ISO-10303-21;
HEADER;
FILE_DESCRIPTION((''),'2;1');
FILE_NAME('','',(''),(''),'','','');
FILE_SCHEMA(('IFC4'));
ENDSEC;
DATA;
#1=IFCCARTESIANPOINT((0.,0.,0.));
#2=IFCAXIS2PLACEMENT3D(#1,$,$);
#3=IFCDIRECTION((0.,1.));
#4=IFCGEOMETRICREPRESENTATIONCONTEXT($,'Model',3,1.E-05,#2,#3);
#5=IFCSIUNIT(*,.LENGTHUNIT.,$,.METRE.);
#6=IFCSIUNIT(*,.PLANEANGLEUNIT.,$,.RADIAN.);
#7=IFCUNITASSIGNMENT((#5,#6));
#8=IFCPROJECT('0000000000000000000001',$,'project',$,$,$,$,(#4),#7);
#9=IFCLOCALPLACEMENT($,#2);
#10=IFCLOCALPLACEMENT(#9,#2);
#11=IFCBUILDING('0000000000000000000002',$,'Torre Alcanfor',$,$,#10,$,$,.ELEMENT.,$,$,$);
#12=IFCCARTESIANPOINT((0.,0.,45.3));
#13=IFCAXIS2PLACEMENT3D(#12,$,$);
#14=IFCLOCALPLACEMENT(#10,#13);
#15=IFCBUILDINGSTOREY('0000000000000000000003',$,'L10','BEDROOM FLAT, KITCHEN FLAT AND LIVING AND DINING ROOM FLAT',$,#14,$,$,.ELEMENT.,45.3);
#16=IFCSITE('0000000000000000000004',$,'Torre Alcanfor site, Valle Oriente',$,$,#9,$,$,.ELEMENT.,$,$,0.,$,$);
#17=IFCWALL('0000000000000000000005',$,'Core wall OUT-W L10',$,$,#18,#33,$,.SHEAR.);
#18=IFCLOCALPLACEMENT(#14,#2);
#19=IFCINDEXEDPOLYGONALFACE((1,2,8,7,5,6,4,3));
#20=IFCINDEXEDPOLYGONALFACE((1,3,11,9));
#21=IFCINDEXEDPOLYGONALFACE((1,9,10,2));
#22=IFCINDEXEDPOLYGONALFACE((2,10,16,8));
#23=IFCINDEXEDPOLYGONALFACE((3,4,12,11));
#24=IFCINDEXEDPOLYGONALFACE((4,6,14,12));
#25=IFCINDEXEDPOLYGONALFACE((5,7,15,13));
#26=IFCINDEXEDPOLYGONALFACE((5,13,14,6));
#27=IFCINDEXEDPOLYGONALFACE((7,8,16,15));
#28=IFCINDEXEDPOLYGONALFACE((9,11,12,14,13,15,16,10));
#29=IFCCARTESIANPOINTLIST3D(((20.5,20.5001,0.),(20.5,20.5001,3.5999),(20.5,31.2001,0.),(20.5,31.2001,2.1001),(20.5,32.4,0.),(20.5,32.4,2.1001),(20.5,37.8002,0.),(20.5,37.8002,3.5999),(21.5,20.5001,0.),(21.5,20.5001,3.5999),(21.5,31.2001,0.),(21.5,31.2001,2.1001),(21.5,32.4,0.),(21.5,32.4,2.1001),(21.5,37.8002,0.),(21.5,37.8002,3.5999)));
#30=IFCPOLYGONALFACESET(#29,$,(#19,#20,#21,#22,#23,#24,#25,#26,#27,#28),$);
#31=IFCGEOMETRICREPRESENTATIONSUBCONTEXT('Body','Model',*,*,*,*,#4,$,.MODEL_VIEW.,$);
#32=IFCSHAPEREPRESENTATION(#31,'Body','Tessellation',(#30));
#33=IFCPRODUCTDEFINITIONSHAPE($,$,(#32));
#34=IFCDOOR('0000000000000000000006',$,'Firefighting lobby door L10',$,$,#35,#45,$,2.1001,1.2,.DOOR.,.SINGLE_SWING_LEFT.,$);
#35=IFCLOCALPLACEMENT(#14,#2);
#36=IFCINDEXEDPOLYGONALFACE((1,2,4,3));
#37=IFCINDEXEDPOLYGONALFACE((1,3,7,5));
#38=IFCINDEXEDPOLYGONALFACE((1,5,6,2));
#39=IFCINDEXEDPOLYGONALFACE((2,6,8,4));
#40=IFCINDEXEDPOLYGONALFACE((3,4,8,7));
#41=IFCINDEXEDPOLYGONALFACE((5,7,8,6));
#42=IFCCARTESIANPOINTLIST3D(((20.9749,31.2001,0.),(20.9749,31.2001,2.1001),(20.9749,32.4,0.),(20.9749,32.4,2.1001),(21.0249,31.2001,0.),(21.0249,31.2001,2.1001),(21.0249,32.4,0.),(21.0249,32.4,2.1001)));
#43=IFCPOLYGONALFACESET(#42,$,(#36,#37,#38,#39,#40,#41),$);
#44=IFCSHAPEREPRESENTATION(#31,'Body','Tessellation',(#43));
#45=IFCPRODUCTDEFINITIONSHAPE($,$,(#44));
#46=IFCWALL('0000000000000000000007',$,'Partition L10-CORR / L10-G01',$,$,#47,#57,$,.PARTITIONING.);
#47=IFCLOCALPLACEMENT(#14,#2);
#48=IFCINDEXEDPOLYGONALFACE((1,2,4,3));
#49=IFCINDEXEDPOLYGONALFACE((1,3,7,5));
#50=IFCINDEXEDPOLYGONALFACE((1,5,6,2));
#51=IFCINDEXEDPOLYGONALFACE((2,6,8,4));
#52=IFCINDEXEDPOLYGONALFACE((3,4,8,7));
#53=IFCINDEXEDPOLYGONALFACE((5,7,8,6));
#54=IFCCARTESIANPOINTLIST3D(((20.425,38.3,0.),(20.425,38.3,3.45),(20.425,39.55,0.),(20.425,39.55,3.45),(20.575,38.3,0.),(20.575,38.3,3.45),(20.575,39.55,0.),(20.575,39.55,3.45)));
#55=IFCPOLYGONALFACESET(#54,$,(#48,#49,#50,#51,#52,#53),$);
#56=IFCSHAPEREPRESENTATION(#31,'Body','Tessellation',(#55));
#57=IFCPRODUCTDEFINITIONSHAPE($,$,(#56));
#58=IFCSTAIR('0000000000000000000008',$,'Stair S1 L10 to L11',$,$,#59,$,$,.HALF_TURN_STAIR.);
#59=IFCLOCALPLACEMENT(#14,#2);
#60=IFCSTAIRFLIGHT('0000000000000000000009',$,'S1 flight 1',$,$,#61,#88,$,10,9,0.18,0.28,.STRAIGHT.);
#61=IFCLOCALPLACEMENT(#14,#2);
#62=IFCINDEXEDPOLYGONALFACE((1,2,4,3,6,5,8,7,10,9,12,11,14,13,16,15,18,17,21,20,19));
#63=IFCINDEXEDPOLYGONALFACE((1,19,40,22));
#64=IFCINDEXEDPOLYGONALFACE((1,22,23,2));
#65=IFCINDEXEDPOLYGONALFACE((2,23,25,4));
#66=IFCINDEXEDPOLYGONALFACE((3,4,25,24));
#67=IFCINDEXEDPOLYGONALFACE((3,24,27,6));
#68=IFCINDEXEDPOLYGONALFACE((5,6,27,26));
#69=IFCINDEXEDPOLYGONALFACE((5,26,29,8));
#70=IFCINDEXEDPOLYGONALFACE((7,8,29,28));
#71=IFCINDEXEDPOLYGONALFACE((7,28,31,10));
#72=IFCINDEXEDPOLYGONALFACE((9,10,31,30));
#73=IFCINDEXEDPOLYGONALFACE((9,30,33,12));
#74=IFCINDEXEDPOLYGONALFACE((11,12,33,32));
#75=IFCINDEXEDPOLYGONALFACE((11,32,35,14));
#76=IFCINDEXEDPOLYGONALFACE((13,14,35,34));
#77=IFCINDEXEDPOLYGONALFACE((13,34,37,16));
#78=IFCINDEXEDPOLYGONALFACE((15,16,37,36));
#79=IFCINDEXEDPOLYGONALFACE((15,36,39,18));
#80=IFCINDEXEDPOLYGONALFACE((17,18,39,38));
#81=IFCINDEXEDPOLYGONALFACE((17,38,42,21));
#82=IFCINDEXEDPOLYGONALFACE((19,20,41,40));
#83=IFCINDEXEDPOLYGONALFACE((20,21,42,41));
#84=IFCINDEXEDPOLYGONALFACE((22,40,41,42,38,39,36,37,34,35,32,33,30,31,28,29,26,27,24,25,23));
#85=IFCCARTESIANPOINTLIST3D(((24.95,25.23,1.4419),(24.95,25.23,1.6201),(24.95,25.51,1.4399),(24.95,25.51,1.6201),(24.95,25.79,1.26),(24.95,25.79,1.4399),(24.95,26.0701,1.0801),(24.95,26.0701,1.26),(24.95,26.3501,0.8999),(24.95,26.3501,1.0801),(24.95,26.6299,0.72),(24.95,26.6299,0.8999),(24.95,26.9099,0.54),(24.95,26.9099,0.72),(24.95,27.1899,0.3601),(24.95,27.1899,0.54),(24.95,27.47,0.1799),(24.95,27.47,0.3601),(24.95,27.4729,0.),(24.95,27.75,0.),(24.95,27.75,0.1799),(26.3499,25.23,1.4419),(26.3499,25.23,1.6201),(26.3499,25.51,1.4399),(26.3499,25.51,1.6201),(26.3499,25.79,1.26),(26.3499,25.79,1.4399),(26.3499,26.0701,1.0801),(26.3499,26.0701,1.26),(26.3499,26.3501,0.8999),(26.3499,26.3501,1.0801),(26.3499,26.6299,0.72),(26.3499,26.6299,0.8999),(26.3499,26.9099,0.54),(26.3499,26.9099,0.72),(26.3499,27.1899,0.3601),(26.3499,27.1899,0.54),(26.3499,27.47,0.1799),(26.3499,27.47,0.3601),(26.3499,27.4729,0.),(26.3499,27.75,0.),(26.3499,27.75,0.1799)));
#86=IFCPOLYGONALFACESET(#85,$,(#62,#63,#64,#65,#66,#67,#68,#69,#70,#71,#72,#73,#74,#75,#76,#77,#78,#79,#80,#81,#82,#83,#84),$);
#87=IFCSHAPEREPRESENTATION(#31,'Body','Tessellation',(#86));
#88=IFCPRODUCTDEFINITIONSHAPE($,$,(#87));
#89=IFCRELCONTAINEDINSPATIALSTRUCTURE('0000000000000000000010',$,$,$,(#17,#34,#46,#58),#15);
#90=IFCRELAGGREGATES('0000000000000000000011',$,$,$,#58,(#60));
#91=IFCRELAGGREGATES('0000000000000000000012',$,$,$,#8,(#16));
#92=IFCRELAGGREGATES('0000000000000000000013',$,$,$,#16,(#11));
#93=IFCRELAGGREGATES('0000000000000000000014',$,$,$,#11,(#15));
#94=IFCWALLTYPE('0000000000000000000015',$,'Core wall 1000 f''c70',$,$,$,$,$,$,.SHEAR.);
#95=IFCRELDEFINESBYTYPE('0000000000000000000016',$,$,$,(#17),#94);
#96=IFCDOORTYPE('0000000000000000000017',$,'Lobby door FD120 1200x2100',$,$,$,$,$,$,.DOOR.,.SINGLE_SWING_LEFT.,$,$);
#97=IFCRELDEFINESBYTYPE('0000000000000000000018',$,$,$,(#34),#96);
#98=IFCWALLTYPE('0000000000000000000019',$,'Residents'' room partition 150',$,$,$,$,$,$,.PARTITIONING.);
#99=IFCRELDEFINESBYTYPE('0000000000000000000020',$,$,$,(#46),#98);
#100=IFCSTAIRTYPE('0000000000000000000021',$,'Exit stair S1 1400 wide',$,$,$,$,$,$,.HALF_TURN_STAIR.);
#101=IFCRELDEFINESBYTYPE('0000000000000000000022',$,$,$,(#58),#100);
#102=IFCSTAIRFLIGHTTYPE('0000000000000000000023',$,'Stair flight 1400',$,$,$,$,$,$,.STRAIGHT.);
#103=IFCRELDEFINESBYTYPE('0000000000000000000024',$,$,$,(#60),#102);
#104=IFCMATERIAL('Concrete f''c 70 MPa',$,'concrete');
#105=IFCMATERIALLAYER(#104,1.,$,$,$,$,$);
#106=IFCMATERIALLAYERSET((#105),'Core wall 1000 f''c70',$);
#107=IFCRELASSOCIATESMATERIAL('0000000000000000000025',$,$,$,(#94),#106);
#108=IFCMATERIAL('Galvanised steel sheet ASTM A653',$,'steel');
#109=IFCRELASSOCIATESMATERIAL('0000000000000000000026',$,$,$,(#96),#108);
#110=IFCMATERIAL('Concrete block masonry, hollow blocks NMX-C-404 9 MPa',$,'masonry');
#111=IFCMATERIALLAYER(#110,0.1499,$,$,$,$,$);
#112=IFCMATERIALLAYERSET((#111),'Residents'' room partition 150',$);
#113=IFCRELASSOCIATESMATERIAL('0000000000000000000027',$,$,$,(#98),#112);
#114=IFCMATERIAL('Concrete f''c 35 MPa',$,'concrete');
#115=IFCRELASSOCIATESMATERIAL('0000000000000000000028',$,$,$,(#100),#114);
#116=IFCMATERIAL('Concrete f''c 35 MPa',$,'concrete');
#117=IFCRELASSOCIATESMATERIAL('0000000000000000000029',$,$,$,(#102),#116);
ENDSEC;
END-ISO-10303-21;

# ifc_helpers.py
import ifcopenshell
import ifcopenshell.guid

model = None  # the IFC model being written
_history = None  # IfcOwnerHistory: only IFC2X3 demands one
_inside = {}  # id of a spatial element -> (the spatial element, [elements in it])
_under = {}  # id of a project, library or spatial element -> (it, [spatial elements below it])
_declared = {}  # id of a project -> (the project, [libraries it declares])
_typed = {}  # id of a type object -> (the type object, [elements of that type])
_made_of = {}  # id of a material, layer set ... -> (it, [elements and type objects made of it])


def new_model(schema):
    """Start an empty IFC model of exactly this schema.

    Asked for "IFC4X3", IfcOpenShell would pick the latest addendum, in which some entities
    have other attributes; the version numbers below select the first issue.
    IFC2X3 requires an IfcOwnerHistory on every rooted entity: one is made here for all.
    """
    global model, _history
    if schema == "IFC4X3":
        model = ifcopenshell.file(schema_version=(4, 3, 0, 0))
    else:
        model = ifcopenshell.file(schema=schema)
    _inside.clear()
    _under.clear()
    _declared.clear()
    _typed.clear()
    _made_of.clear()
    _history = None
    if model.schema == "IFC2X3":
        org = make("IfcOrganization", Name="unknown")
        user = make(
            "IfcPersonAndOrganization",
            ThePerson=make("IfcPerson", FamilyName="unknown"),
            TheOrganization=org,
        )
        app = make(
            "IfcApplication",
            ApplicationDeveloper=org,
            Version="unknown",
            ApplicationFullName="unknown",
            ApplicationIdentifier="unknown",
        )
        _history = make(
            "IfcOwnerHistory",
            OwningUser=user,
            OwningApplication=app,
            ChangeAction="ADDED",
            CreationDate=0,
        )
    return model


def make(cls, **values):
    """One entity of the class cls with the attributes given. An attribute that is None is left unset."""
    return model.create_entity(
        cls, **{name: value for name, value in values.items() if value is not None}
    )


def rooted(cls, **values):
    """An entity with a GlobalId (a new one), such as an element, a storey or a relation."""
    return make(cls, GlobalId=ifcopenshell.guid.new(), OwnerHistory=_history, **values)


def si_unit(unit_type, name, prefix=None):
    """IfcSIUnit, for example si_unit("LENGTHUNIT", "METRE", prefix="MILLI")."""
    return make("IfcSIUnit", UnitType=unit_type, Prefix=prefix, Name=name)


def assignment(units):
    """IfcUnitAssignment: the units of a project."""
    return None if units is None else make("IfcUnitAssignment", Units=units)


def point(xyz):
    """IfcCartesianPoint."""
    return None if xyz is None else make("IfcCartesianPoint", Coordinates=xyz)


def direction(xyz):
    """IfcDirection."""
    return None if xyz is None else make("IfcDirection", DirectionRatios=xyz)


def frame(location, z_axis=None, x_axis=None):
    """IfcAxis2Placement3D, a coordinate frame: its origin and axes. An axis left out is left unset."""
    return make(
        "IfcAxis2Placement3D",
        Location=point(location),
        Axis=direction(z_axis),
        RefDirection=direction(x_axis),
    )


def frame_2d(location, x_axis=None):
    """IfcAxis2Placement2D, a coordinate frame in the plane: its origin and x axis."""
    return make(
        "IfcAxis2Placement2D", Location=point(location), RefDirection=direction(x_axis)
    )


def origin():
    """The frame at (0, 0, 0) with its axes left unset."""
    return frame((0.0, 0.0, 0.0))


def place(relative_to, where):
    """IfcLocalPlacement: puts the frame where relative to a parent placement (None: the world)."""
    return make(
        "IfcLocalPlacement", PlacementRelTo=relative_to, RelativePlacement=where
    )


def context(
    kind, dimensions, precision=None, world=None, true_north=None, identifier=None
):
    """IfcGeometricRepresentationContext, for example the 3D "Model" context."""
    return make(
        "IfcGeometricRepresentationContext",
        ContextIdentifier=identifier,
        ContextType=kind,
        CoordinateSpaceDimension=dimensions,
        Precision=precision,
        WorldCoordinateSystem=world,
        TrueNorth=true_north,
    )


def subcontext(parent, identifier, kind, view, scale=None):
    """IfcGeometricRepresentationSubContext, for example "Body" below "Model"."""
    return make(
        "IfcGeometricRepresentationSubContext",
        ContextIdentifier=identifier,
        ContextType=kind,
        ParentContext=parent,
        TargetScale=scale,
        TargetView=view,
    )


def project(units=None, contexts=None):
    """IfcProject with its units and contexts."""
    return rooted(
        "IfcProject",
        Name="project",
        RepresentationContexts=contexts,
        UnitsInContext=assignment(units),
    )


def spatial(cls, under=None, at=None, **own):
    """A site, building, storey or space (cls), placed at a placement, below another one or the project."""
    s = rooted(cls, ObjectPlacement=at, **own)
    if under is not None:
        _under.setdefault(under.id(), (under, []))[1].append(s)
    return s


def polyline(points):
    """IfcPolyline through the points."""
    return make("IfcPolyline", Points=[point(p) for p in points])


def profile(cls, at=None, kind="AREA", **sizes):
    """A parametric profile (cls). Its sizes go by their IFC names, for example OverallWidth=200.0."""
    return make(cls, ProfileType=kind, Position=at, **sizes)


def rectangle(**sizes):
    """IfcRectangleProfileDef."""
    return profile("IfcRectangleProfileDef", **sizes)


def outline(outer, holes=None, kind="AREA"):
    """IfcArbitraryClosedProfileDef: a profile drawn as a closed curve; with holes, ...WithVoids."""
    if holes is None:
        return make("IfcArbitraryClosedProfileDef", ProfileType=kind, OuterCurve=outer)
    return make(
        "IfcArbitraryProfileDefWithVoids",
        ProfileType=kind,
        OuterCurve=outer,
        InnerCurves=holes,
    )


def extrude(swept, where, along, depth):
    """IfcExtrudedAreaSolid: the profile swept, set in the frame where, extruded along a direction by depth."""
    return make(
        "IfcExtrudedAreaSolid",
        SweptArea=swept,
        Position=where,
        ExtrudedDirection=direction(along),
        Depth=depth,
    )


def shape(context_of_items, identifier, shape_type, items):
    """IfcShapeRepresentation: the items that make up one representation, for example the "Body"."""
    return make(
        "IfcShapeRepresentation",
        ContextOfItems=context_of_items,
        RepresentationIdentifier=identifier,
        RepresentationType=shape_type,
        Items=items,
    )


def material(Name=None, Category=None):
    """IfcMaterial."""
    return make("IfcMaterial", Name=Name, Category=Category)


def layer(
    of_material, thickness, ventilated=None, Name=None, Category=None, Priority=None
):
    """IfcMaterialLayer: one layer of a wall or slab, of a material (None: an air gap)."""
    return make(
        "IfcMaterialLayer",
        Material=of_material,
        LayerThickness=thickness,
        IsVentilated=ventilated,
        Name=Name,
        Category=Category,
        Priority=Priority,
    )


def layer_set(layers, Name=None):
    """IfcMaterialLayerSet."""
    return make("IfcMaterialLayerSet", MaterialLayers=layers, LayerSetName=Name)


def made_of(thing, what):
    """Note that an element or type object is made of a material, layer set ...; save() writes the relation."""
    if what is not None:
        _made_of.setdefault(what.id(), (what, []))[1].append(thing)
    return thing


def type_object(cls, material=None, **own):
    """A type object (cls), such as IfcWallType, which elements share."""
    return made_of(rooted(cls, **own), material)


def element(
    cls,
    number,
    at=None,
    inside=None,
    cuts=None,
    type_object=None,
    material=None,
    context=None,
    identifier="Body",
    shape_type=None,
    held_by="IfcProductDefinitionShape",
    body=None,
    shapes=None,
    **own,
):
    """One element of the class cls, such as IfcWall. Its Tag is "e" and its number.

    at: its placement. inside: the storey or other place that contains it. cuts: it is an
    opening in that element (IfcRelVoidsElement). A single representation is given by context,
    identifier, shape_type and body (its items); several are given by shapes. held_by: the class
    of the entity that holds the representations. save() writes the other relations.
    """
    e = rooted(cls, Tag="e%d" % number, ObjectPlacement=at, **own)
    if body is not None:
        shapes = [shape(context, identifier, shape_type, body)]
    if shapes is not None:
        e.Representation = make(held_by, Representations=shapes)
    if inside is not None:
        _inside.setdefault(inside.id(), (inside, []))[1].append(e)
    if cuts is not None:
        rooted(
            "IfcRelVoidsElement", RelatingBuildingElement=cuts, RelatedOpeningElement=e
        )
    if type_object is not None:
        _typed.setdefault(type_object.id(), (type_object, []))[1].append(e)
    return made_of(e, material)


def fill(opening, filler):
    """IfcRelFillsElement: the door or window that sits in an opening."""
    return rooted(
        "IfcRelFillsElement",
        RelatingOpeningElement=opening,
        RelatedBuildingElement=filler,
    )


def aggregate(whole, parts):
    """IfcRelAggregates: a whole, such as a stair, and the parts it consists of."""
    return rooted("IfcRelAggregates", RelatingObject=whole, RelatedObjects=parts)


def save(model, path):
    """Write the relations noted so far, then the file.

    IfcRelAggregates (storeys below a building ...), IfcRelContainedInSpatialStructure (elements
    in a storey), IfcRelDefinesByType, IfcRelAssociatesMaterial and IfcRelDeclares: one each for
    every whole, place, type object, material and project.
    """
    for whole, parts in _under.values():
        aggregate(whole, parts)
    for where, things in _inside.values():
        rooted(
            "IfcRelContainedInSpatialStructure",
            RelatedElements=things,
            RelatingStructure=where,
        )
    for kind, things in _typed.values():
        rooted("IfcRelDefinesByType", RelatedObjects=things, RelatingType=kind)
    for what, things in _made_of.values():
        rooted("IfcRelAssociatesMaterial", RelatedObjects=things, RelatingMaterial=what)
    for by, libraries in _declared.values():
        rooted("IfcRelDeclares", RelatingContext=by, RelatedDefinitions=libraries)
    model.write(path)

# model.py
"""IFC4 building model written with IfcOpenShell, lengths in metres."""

from ifc_helpers import new_model, si_unit, direction, frame, frame_2d, origin, place, context, subcontext, project, spatial, polyline, rectangle, outline, extrude, material, layer, layer_set, type_object, element, fill, aggregate, save


model = new_model("IFC4")

# Units and contexts
model_context = context("Model", 3, precision=1e-05, world=origin(), true_north=direction((0.0, 1.0)))
body_context = subcontext(model_context, "Body", "Model", "MODEL_VIEW")
ifc_project = project(units=[si_unit("LENGTHUNIT", "METRE"), si_unit("PLANEANGLEUNIT", "RADIAN")], contexts=[model_context])

# Site, building, storey
site_placement = place(None, origin())
site = spatial("IfcSite", under=ifc_project, at=site_placement, Name="Torre Alcanfor site, Valle Oriente", CompositionType="ELEMENT", RefElevation=0.0)
building_placement = place(site_placement, origin())
building = spatial("IfcBuilding", under=site, at=building_placement, Name="Torre Alcanfor", CompositionType="ELEMENT")
storey_placement = place(building_placement, frame((0.0, 0.0, 45.3)))
storey = spatial("IfcBuildingStorey", under=building, at=storey_placement, Name="L10", Description="BEDROOM FLAT, KITCHEN FLAT AND LIVING AND DINING ROOM FLAT", CompositionType="ELEMENT", Elevation=45.3)

# Wall, opening, door
ifc_material_1 = material(Name="Concrete f'c 70 MPa", Category="concrete")
ifc_layer_1 = layer(ifc_material_1, 1.0)
ifc_layer_set_1 = layer_set([ifc_layer_1], Name="Core wall 1000 f'c70")
wall_type_1 = type_object("IfcWallType", Name="Core wall 1000 f'c70", PredefinedType="SHEAR", material=ifc_layer_set_1)
wall_1_placement = place(storey_placement, frame((21.0, 37.8, 0.0), z_axis=(0.0, 0.0, 1.0), x_axis=(0.0, -1.0, 0.0)))
wall_1 = element("IfcWall", 1, at=wall_1_placement, inside=storey, type_object=wall_type_1, Name="Core wall OUT-W L10", PredefinedType="SHEAR", context=body_context, shape_type="SweptSolid", body=[
    extrude(rectangle(XDim=17.3, YDim=1.0, at=frame_2d((8.6499, 0.0))), origin(), (0.0, 0.0, 1.0), 3.5999),
])
opening_1_placement = place(wall_1_placement, frame((5.3999, 0.0, 0.0)))
opening_1 = element("IfcOpeningElement", 2, at=opening_1_placement, cuts=wall_1, PredefinedType="OPENING", context=body_context, shape_type="SweptSolid", body=[
    extrude(rectangle(XDim=1.2, YDim=2.1001, at=frame_2d((0.6001, 1.05))), frame((0.0, 0.51, 0.0), z_axis=(0.0, -1.0, 0.0), x_axis=(1.0, 0.0, 0.0)), (0.0, 0.0, 1.0), 1.02),
])
ifc_material_2 = material(Name="Galvanised steel sheet ASTM A653", Category="steel")
door_type_1 = type_object("IfcDoorType", Name="Lobby door FD120 1200x2100", OperationType="SINGLE_SWING_LEFT", PredefinedType="DOOR", material=ifc_material_2)
door_1_placement = place(opening_1_placement, origin())
door_1 = element("IfcDoor", 3, at=door_1_placement, inside=storey, type_object=door_type_1, Name="Firefighting lobby door L10", OperationType="SINGLE_SWING_LEFT", OverallHeight=2.1001, OverallWidth=1.2, PredefinedType="DOOR", context=body_context, shape_type="SweptSolid", body=[
    extrude(rectangle(XDim=1.2, YDim=2.1001, at=frame_2d((0.6001, 1.05))), frame((0.0, 0.0249, 0.0), z_axis=(0.0, -1.0, 0.0), x_axis=(1.0, 0.0, 0.0)), (0.0, 0.0, 1.0), 0.05),
])
fill(opening_1, door_1)

# Wall
ifc_material_3 = material(Name="Concrete block masonry, hollow blocks NMX-C-404 9 MPa", Category="masonry")
ifc_layer_2 = layer(ifc_material_3, 0.1499)
ifc_layer_set_2 = layer_set([ifc_layer_2], Name="Residents' room partition 150")
wall_type_2 = type_object("IfcWallType", Name="Residents' room partition 150", PredefinedType="PARTITIONING", material=ifc_layer_set_2)
wall_2_placement = place(storey_placement, frame((20.5, 39.55, 0.0), z_axis=(0.0, 0.0, 1.0), x_axis=(0.0, -1.0, 0.0)))
element("IfcWall", 4, at=wall_2_placement, inside=storey, type_object=wall_type_2, Name="Partition L10-CORR / L10-G01", PredefinedType="PARTITIONING", context=body_context, shape_type="SweptSolid", body=[
    extrude(rectangle(XDim=1.25, YDim=0.1499, at=frame_2d((0.625, 0.0))), origin(), (0.0, 0.0, 1.0), 3.45),
])

# Stair, stair flight
ifc_material_4 = material(Name="Concrete f'c 35 MPa", Category="concrete")
stair_type = type_object("IfcStairType", Name="Exit stair S1 1400 wide", PredefinedType="HALF_TURN_STAIR", material=ifc_material_4)
stair_placement = place(storey_placement, origin())
stair = element("IfcStair", 5, at=stair_placement, inside=storey, type_object=stair_type, Name="Stair S1 L10 to L11", PredefinedType="HALF_TURN_STAIR")
ifc_material_5 = material(Name="Concrete f'c 35 MPa", Category="concrete")
stair_flight_type = type_object("IfcStairFlightType", Name="Stair flight 1400", PredefinedType="STRAIGHT", material=ifc_material_5)
stair_flight_placement = place(storey_placement, frame((25.6499, 27.75, 0.0), z_axis=(0.0, 0.0, 1.0), x_axis=(0.0, -1.0, 0.0)))
stair_flight = element("IfcStairFlight", 6, at=stair_flight_placement, type_object=stair_flight_type, Name="S1 flight 1", NumberOfRisers=10, NumberOfTreads=9, PredefinedType="STRAIGHT", RiserHeight=0.18, TreadLength=0.28, context=body_context, shape_type="SweptSolid", body=[
    extrude(outline(polyline([(0.0, 0.0), (0.0, 0.1799), (0.28, 0.1799), (0.28, 0.3601), (0.5601, 0.3601), (0.5601, 0.54), (0.8401, 0.54), (0.8401, 0.72), (1.1201, 0.72), (1.1201, 0.8999), (1.3999, 0.8999), (1.3999, 1.0801), (1.6799, 1.0801), (1.6799, 1.26), (1.96, 1.26), (1.96, 1.4399), (2.24, 1.4399), (2.24, 1.6201), (2.52, 1.6201), (2.52, 1.8), (2.52, 1.4419), (0.2771, 0.0), (0.0, 0.0)])), frame((0.0, 0.7, 0.0), z_axis=(0.0, -1.0, 0.0), x_axis=(1.0, 0.0, 0.0)), (0.0, 0.0, 1.0), 1.3999),
])
aggregate(stair, [stair_flight])

save(model, "model.ifc")
